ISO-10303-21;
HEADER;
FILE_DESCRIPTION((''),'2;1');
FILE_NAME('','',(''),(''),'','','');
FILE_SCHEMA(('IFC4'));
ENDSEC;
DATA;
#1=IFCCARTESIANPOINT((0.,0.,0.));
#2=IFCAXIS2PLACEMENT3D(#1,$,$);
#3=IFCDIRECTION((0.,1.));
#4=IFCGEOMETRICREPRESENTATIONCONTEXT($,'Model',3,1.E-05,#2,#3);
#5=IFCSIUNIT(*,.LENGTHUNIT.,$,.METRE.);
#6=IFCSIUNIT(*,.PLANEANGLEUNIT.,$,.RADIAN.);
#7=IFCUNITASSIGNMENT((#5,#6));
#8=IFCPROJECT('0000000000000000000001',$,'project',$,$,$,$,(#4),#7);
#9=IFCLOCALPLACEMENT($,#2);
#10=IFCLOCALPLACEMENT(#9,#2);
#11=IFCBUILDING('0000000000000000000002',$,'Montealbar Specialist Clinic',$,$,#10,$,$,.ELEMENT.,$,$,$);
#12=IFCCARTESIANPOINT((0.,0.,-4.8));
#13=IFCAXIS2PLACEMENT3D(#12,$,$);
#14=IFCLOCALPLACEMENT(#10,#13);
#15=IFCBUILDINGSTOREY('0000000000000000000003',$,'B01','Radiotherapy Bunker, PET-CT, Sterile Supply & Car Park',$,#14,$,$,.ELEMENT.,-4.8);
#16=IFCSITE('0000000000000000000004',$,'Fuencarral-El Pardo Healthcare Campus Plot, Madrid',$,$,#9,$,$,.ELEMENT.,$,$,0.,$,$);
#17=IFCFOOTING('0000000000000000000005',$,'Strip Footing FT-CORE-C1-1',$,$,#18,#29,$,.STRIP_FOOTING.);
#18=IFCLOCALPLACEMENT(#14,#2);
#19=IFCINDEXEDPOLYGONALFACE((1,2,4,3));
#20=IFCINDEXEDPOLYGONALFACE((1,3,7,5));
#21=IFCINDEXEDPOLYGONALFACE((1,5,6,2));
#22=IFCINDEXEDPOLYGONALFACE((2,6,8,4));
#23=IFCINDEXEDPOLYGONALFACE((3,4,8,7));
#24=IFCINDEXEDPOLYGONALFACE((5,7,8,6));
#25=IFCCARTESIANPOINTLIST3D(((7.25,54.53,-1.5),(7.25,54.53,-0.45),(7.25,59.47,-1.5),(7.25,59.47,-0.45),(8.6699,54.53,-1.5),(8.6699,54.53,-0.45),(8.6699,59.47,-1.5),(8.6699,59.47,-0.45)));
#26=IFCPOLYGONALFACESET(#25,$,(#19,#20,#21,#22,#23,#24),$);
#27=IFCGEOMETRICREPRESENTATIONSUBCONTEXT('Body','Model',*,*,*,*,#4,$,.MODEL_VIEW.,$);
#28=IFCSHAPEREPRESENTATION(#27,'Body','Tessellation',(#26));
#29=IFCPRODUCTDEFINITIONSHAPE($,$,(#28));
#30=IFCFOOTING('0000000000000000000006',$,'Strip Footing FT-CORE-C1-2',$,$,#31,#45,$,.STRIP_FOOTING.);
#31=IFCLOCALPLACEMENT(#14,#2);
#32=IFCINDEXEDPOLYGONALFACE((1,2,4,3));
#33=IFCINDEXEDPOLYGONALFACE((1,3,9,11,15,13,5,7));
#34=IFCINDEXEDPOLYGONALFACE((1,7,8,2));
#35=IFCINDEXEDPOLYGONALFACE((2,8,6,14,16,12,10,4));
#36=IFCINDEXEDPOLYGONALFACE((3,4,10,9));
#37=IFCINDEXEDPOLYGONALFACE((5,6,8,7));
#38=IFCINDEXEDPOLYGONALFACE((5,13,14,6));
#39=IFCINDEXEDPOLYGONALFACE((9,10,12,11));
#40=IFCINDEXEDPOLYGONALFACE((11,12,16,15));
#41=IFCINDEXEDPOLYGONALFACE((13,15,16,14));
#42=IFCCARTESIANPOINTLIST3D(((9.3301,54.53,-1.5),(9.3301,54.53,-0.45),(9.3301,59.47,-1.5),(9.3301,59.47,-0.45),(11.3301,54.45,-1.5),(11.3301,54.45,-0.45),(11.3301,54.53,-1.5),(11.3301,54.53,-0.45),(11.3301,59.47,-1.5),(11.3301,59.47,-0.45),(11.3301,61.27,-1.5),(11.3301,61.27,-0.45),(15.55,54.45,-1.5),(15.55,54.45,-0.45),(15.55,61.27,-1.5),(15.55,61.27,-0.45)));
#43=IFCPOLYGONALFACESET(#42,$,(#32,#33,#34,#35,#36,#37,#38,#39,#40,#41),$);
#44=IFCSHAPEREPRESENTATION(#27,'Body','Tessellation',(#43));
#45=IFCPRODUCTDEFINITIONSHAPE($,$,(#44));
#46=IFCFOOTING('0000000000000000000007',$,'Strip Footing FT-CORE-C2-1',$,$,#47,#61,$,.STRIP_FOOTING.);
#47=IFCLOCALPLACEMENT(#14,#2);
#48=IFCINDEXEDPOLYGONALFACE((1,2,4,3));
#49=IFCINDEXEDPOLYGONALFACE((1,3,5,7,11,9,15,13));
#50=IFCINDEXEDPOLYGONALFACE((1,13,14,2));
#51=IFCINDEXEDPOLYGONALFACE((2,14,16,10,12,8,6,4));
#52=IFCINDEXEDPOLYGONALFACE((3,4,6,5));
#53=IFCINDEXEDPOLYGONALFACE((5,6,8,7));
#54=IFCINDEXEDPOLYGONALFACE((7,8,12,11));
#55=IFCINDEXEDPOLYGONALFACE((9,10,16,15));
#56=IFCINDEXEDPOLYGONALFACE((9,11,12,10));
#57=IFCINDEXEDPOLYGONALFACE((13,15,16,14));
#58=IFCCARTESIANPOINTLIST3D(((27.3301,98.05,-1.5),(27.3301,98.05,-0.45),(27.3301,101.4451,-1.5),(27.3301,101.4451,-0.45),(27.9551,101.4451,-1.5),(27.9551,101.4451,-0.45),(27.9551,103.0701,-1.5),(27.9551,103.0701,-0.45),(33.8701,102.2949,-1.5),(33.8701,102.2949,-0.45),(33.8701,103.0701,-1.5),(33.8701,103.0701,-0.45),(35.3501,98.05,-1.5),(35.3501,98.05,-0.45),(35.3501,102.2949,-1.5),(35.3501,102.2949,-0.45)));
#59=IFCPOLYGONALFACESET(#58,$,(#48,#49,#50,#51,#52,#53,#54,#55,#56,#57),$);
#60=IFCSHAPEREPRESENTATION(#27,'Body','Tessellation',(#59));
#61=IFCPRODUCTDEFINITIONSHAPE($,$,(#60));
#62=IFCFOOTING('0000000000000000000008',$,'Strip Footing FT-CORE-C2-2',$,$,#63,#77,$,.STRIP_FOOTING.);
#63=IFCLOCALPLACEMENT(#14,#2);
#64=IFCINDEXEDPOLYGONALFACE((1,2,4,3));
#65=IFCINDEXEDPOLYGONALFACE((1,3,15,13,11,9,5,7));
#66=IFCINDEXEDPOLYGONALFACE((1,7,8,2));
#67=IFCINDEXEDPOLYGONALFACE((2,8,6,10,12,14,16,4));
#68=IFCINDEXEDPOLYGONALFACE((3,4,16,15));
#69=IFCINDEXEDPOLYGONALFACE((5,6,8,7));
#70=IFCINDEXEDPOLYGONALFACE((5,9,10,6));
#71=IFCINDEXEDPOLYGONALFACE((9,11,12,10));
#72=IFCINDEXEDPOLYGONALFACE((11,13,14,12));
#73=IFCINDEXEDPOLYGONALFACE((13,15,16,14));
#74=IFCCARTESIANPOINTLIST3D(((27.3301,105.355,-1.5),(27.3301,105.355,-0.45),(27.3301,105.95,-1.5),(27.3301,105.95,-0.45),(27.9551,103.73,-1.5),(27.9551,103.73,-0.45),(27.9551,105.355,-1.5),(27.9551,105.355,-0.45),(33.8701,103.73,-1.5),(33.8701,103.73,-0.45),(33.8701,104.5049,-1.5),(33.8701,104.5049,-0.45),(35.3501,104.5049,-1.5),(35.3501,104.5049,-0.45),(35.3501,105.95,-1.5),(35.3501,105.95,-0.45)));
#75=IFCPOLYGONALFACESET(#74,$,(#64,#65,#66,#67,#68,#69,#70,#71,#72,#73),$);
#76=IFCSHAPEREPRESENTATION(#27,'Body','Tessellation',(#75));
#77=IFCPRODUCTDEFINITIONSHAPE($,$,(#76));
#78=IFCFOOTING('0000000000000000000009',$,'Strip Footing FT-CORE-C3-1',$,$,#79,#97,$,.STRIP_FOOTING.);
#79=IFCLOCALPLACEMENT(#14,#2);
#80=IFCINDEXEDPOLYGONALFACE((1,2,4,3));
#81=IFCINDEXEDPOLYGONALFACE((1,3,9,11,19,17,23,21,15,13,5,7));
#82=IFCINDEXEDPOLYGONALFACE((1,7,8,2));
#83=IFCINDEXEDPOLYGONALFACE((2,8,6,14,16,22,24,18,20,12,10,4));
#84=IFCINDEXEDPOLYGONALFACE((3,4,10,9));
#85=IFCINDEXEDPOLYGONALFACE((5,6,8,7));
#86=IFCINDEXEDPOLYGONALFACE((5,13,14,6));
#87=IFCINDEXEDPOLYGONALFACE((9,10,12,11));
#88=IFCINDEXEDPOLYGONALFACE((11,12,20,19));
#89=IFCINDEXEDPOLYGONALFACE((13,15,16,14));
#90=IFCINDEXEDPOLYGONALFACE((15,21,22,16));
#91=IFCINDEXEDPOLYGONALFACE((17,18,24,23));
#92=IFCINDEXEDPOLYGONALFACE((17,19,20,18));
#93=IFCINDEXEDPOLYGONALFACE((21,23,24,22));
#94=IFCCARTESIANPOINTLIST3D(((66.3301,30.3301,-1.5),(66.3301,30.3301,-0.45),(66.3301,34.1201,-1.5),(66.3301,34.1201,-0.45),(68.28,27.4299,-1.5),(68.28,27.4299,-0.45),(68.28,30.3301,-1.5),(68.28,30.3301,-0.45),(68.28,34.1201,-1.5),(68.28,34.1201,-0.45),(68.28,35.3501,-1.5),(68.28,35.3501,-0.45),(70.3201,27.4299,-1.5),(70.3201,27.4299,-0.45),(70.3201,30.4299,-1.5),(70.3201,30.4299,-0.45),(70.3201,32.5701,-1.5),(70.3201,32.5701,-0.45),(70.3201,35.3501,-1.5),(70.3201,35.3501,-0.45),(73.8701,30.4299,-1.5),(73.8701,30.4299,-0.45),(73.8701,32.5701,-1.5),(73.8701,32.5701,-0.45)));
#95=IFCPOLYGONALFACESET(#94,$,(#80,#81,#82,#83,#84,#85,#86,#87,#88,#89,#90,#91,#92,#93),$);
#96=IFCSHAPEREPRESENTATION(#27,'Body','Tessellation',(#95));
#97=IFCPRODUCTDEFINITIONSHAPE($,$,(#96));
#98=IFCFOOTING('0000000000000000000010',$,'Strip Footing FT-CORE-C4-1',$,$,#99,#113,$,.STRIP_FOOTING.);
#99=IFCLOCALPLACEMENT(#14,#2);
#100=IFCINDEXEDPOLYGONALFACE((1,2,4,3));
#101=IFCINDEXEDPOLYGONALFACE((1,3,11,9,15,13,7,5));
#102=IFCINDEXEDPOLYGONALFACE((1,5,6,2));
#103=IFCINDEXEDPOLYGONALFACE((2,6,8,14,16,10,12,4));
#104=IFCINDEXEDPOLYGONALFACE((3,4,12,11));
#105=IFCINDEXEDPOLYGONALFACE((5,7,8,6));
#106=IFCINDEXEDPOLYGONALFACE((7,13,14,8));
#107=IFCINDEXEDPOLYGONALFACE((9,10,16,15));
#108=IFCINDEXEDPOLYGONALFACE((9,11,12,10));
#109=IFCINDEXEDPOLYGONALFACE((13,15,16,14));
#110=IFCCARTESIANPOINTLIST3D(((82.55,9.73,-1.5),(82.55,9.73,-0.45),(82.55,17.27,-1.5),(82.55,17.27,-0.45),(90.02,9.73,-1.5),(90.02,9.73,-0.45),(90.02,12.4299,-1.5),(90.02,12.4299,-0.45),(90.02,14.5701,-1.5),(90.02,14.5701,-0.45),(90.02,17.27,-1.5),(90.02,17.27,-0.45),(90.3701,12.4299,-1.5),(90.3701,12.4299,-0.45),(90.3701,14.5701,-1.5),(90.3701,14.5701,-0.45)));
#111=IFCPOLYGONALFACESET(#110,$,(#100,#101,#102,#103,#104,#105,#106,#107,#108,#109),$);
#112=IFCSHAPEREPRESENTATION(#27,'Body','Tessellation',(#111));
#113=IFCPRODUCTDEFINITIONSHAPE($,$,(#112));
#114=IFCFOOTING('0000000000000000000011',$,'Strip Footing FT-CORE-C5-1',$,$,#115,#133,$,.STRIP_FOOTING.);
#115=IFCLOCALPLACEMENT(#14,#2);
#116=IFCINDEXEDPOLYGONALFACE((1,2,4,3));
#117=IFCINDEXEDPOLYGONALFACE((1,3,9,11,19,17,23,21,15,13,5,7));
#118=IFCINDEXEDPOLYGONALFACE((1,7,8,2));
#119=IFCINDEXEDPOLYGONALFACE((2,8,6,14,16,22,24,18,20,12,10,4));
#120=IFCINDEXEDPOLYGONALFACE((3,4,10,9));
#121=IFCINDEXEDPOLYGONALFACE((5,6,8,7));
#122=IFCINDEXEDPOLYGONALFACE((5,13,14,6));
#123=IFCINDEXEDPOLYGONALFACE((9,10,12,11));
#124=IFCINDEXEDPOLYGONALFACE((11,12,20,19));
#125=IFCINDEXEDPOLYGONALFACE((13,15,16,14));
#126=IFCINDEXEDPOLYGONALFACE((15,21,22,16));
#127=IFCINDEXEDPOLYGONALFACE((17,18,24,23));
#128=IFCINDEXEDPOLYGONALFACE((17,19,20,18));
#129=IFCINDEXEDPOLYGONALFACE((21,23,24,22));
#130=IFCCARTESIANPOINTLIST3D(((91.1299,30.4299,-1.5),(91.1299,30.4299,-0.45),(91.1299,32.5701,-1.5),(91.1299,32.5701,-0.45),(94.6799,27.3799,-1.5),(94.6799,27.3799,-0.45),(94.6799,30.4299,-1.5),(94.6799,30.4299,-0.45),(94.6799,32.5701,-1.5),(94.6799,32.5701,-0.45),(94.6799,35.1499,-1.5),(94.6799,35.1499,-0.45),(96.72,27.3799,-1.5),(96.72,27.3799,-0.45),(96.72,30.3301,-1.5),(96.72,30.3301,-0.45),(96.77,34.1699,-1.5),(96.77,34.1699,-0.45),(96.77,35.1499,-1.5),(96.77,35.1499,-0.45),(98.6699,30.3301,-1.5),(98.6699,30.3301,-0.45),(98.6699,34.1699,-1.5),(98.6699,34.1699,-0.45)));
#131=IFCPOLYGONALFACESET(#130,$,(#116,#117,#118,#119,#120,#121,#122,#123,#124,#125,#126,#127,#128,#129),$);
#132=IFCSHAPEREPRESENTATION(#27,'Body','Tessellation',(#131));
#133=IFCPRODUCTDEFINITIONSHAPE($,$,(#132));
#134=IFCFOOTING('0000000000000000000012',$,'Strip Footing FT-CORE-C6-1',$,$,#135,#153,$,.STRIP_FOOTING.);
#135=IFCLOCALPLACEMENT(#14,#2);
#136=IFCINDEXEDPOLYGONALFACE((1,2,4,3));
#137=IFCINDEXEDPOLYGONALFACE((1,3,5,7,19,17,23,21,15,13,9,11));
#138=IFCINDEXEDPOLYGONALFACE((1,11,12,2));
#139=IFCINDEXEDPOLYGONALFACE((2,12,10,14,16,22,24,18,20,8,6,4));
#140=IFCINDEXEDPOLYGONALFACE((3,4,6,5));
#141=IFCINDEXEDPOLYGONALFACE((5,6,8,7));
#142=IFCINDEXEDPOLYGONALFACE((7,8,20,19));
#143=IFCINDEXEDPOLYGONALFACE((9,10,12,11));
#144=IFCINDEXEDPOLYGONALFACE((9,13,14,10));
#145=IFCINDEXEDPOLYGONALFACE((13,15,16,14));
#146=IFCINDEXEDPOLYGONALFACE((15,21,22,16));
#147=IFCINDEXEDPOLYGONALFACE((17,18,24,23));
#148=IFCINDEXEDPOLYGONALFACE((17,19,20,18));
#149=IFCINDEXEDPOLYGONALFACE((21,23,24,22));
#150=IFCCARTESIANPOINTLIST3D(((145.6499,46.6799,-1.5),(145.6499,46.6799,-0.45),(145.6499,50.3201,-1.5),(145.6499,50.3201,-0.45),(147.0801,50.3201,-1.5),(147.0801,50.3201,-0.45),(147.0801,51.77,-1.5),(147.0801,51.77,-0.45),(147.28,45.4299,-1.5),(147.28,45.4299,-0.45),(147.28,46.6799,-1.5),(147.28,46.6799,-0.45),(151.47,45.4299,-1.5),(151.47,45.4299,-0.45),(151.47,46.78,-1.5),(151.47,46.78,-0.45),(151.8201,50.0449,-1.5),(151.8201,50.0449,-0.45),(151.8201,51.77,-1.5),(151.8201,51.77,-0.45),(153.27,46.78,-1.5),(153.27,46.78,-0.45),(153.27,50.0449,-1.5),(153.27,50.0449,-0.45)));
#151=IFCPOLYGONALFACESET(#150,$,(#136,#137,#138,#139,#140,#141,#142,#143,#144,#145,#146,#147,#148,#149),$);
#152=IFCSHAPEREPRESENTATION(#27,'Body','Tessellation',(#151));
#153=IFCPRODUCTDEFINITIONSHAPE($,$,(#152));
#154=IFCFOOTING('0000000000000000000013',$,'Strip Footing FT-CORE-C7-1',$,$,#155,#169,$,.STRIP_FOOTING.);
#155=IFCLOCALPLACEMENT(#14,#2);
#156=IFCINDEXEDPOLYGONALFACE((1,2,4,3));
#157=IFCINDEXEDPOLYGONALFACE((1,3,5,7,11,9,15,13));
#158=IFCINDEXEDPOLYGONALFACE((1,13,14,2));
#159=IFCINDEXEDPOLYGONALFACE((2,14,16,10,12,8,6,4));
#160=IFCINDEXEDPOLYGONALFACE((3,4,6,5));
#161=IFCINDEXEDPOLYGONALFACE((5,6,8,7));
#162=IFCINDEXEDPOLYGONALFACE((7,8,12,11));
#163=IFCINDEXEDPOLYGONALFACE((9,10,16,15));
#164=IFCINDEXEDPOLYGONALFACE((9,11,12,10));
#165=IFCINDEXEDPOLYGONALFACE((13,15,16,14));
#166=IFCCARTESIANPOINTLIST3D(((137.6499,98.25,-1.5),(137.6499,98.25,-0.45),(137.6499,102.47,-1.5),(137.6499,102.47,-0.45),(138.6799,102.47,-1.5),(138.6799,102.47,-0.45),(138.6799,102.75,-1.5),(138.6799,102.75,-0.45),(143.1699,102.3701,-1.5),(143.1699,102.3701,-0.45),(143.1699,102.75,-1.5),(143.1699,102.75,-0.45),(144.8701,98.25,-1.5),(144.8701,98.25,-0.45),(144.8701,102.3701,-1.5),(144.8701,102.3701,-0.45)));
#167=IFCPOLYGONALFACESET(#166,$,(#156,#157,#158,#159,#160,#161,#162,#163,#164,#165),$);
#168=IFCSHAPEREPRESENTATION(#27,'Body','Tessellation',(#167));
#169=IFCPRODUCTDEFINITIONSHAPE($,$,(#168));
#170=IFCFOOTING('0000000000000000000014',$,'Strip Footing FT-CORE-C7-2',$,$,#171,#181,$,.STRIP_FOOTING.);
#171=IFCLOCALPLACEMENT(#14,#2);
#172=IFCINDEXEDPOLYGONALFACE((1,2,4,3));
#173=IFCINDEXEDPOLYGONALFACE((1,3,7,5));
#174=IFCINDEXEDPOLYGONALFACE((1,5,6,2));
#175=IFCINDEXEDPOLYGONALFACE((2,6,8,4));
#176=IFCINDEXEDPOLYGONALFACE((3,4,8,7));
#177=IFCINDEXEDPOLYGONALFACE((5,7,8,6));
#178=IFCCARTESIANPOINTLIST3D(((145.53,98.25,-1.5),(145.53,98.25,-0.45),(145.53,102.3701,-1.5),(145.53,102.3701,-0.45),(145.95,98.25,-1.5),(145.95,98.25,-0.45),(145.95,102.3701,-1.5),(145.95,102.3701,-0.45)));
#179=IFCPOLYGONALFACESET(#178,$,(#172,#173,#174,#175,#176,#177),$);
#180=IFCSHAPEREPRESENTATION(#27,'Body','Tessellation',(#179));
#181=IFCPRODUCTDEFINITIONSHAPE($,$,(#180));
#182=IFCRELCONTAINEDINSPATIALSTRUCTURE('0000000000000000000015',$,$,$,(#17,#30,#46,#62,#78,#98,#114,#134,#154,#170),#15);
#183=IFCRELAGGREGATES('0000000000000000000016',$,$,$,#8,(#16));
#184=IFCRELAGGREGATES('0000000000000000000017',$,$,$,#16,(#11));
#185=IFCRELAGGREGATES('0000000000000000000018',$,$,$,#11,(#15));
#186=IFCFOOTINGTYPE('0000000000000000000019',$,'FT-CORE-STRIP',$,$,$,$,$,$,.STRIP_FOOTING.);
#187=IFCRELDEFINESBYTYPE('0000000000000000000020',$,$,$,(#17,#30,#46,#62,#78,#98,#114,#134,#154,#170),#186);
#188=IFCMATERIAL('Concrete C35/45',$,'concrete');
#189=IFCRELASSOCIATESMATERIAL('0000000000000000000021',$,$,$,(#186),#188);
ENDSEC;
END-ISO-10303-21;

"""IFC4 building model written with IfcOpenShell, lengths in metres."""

from ifc_helpers import new_model, si_unit, direction, frame, origin, place, context, subcontext, project, spatial, polyline, outline, extrude, material, type_object, element, save


model = new_model("IFC4")

# Units and contexts
model_context = context("Model", 3, precision=1e-05, world=origin(), true_north=direction((0.0, 1.0)))
body_context = subcontext(model_context, "Body", "Model", "MODEL_VIEW")
ifc_project = project(units=[si_unit("LENGTHUNIT", "METRE"), si_unit("PLANEANGLEUNIT", "RADIAN")], contexts=[model_context])

# Site, building, storey
site_placement = place(None, origin())
site = spatial("IfcSite", under=ifc_project, at=site_placement, Name="Fuencarral-El Pardo Healthcare Campus Plot, Madrid", CompositionType="ELEMENT", RefElevation=0.0)
building_placement = place(site_placement, origin())
building = spatial("IfcBuilding", under=site, at=building_placement, Name="Montealbar Specialist Clinic", CompositionType="ELEMENT")
storey_placement = place(building_placement, frame((0.0, 0.0, -4.8)))
storey = spatial("IfcBuildingStorey", under=building, at=storey_placement, Name="B01", Description="Radiotherapy Bunker, PET-CT, Sterile Supply & Car Park", CompositionType="ELEMENT", Elevation=-4.8)

# Footings
ifc_material_1 = material(Name="Concrete C35/45", Category="concrete")
footing_type = type_object("IfcFootingType", Name="FT-CORE-STRIP", PredefinedType="STRIP_FOOTING", material=ifc_material_1)
footing_1_placement = place(storey_placement, frame((0.0, 0.0, -1.5)))
element("IfcFooting", 1, at=footing_1_placement, inside=storey, type_object=footing_type, Name="Strip Footing FT-CORE-C1-1", PredefinedType="STRIP_FOOTING", context=body_context, shape_type="SweptSolid", body=[
    extrude(outline(polyline([(8.6699, 54.53), (7.25, 54.53), (7.25, 59.47), (8.6699, 59.47), (8.6699, 54.53)])), origin(), (0.0, 0.0, 1.0), 1.05),
])
footing_2_placement = place(storey_placement, frame((0.0, 0.0, -1.5)))
element("IfcFooting", 2, at=footing_2_placement, inside=storey, type_object=footing_type, Name="Strip Footing FT-CORE-C1-2", PredefinedType="STRIP_FOOTING", context=body_context, shape_type="SweptSolid", body=[
    extrude(outline(polyline([(15.55, 61.27), (15.55, 54.45), (11.3301, 54.45), (11.3301, 54.53), (9.3301, 54.53), (9.3301, 59.47), (11.3301, 59.47), (11.3301, 61.27), (15.55, 61.27)])), origin(), (0.0, 0.0, 1.0), 1.05),
])
footing_3_placement = place(storey_placement, frame((0.0, 0.0, -1.5)))
element("IfcFooting", 3, at=footing_3_placement, inside=storey, type_object=footing_type, Name="Strip Footing FT-CORE-C2-1", PredefinedType="STRIP_FOOTING", context=body_context, shape_type="SweptSolid", body=[
    extrude(outline(polyline([(35.3501, 98.05), (27.3301, 98.05), (27.3301, 101.4451), (27.9551, 101.4451), (27.9551, 103.0701), (33.8701, 103.0701), (33.8701, 102.2949), (35.3501, 102.2949), (35.3501, 98.05)])), origin(), (0.0, 0.0, 1.0), 1.05),
])
footing_4_placement = place(storey_placement, frame((0.0, 0.0, -1.5)))
element("IfcFooting", 4, at=footing_4_placement, inside=storey, type_object=footing_type, Name="Strip Footing FT-CORE-C2-2", PredefinedType="STRIP_FOOTING", context=body_context, shape_type="SweptSolid", body=[
    extrude(outline(polyline([(27.9551, 105.355), (27.3301, 105.355), (27.3301, 105.95), (35.3501, 105.95), (35.3501, 104.5049), (33.8701, 104.5049), (33.8701, 103.73), (27.9551, 103.73), (27.9551, 105.355)])), origin(), (0.0, 0.0, 1.0), 1.05),
])
footing_5_placement = place(storey_placement, frame((0.0, 0.0, -1.5)))
element("IfcFooting", 5, at=footing_5_placement, inside=storey, type_object=footing_type, Name="Strip Footing FT-CORE-C3-1", PredefinedType="STRIP_FOOTING", context=body_context, shape_type="SweptSolid", body=[
    extrude(outline(polyline([(68.28, 35.3501), (70.3201, 35.3501), (70.3201, 32.5701), (73.8701, 32.5701), (73.8701, 30.4299), (70.3201, 30.4299), (70.3201, 27.4299), (68.28, 27.4299), (68.28, 30.3301), (66.3301, 30.3301), (66.3301, 34.1201), (68.28, 34.1201), (68.28, 35.3501)])), origin(), (0.0, 0.0, 1.0), 1.05),
])
footing_6_placement = place(storey_placement, frame((0.0, 0.0, -1.5)))
element("IfcFooting", 6, at=footing_6_placement, inside=storey, type_object=footing_type, Name="Strip Footing FT-CORE-C4-1", PredefinedType="STRIP_FOOTING", context=body_context, shape_type="SweptSolid", body=[
    extrude(outline(polyline([(82.55, 9.73), (82.55, 17.27), (90.02, 17.27), (90.02, 14.5701), (90.3701, 14.5701), (90.3701, 12.4299), (90.02, 12.4299), (90.02, 9.73), (82.55, 9.73)])), origin(), (0.0, 0.0, 1.0), 1.05),
])
footing_7_placement = place(storey_placement, frame((0.0, 0.0, -1.5)))
element("IfcFooting", 7, at=footing_7_placement, inside=storey, type_object=footing_type, Name="Strip Footing FT-CORE-C5-1", PredefinedType="STRIP_FOOTING", context=body_context, shape_type="SweptSolid", body=[
    extrude(outline(polyline([(98.6699, 34.1699), (98.6699, 30.3301), (96.72, 30.3301), (96.72, 27.3799), (94.6799, 27.3799), (94.6799, 30.4299), (91.1299, 30.4299), (91.1299, 32.5701), (94.6799, 32.5701), (94.6799, 35.1499), (96.77, 35.1499), (96.77, 34.1699), (98.6699, 34.1699)])), origin(), (0.0, 0.0, 1.0), 1.05),
])
footing_8_placement = place(storey_placement, frame((0.0, 0.0, -1.5)))
element("IfcFooting", 8, at=footing_8_placement, inside=storey, type_object=footing_type, Name="Strip Footing FT-CORE-C6-1", PredefinedType="STRIP_FOOTING", context=body_context, shape_type="SweptSolid", body=[
    extrude(outline(polyline([(147.0801, 50.3201), (147.0801, 51.77), (151.8201, 51.77), (151.8201, 50.0449), (153.27, 50.0449), (153.27, 46.78), (151.47, 46.78), (151.47, 45.4299), (147.28, 45.4299), (147.28, 46.6799), (145.6499, 46.6799), (145.6499, 50.3201), (147.0801, 50.3201)])), origin(), (0.0, 0.0, 1.0), 1.05),
])
footing_9_placement = place(storey_placement, frame((0.0, 0.0, -1.5)))
element("IfcFooting", 9, at=footing_9_placement, inside=storey, type_object=footing_type, Name="Strip Footing FT-CORE-C7-1", PredefinedType="STRIP_FOOTING", context=body_context, shape_type="SweptSolid", body=[
    extrude(outline(polyline([(143.1699, 102.3701), (144.8701, 102.3701), (144.8701, 98.25), (137.6499, 98.25), (137.6499, 102.47), (138.6799, 102.47), (138.6799, 102.75), (143.1699, 102.75), (143.1699, 102.3701)])), origin(), (0.0, 0.0, 1.0), 1.05),
])
footing_10_placement = place(storey_placement, frame((0.0, 0.0, -1.5)))
element("IfcFooting", 10, at=footing_10_placement, inside=storey, type_object=footing_type, Name="Strip Footing FT-CORE-C7-2", PredefinedType="STRIP_FOOTING", context=body_context, shape_type="SweptSolid", body=[
    extrude(outline(polyline([(145.53, 102.3701), (145.95, 102.3701), (145.95, 98.25), (145.53, 98.25), (145.53, 102.3701)])), origin(), (0.0, 0.0, 1.0), 1.05),
])

save(model, "model.ifc")
